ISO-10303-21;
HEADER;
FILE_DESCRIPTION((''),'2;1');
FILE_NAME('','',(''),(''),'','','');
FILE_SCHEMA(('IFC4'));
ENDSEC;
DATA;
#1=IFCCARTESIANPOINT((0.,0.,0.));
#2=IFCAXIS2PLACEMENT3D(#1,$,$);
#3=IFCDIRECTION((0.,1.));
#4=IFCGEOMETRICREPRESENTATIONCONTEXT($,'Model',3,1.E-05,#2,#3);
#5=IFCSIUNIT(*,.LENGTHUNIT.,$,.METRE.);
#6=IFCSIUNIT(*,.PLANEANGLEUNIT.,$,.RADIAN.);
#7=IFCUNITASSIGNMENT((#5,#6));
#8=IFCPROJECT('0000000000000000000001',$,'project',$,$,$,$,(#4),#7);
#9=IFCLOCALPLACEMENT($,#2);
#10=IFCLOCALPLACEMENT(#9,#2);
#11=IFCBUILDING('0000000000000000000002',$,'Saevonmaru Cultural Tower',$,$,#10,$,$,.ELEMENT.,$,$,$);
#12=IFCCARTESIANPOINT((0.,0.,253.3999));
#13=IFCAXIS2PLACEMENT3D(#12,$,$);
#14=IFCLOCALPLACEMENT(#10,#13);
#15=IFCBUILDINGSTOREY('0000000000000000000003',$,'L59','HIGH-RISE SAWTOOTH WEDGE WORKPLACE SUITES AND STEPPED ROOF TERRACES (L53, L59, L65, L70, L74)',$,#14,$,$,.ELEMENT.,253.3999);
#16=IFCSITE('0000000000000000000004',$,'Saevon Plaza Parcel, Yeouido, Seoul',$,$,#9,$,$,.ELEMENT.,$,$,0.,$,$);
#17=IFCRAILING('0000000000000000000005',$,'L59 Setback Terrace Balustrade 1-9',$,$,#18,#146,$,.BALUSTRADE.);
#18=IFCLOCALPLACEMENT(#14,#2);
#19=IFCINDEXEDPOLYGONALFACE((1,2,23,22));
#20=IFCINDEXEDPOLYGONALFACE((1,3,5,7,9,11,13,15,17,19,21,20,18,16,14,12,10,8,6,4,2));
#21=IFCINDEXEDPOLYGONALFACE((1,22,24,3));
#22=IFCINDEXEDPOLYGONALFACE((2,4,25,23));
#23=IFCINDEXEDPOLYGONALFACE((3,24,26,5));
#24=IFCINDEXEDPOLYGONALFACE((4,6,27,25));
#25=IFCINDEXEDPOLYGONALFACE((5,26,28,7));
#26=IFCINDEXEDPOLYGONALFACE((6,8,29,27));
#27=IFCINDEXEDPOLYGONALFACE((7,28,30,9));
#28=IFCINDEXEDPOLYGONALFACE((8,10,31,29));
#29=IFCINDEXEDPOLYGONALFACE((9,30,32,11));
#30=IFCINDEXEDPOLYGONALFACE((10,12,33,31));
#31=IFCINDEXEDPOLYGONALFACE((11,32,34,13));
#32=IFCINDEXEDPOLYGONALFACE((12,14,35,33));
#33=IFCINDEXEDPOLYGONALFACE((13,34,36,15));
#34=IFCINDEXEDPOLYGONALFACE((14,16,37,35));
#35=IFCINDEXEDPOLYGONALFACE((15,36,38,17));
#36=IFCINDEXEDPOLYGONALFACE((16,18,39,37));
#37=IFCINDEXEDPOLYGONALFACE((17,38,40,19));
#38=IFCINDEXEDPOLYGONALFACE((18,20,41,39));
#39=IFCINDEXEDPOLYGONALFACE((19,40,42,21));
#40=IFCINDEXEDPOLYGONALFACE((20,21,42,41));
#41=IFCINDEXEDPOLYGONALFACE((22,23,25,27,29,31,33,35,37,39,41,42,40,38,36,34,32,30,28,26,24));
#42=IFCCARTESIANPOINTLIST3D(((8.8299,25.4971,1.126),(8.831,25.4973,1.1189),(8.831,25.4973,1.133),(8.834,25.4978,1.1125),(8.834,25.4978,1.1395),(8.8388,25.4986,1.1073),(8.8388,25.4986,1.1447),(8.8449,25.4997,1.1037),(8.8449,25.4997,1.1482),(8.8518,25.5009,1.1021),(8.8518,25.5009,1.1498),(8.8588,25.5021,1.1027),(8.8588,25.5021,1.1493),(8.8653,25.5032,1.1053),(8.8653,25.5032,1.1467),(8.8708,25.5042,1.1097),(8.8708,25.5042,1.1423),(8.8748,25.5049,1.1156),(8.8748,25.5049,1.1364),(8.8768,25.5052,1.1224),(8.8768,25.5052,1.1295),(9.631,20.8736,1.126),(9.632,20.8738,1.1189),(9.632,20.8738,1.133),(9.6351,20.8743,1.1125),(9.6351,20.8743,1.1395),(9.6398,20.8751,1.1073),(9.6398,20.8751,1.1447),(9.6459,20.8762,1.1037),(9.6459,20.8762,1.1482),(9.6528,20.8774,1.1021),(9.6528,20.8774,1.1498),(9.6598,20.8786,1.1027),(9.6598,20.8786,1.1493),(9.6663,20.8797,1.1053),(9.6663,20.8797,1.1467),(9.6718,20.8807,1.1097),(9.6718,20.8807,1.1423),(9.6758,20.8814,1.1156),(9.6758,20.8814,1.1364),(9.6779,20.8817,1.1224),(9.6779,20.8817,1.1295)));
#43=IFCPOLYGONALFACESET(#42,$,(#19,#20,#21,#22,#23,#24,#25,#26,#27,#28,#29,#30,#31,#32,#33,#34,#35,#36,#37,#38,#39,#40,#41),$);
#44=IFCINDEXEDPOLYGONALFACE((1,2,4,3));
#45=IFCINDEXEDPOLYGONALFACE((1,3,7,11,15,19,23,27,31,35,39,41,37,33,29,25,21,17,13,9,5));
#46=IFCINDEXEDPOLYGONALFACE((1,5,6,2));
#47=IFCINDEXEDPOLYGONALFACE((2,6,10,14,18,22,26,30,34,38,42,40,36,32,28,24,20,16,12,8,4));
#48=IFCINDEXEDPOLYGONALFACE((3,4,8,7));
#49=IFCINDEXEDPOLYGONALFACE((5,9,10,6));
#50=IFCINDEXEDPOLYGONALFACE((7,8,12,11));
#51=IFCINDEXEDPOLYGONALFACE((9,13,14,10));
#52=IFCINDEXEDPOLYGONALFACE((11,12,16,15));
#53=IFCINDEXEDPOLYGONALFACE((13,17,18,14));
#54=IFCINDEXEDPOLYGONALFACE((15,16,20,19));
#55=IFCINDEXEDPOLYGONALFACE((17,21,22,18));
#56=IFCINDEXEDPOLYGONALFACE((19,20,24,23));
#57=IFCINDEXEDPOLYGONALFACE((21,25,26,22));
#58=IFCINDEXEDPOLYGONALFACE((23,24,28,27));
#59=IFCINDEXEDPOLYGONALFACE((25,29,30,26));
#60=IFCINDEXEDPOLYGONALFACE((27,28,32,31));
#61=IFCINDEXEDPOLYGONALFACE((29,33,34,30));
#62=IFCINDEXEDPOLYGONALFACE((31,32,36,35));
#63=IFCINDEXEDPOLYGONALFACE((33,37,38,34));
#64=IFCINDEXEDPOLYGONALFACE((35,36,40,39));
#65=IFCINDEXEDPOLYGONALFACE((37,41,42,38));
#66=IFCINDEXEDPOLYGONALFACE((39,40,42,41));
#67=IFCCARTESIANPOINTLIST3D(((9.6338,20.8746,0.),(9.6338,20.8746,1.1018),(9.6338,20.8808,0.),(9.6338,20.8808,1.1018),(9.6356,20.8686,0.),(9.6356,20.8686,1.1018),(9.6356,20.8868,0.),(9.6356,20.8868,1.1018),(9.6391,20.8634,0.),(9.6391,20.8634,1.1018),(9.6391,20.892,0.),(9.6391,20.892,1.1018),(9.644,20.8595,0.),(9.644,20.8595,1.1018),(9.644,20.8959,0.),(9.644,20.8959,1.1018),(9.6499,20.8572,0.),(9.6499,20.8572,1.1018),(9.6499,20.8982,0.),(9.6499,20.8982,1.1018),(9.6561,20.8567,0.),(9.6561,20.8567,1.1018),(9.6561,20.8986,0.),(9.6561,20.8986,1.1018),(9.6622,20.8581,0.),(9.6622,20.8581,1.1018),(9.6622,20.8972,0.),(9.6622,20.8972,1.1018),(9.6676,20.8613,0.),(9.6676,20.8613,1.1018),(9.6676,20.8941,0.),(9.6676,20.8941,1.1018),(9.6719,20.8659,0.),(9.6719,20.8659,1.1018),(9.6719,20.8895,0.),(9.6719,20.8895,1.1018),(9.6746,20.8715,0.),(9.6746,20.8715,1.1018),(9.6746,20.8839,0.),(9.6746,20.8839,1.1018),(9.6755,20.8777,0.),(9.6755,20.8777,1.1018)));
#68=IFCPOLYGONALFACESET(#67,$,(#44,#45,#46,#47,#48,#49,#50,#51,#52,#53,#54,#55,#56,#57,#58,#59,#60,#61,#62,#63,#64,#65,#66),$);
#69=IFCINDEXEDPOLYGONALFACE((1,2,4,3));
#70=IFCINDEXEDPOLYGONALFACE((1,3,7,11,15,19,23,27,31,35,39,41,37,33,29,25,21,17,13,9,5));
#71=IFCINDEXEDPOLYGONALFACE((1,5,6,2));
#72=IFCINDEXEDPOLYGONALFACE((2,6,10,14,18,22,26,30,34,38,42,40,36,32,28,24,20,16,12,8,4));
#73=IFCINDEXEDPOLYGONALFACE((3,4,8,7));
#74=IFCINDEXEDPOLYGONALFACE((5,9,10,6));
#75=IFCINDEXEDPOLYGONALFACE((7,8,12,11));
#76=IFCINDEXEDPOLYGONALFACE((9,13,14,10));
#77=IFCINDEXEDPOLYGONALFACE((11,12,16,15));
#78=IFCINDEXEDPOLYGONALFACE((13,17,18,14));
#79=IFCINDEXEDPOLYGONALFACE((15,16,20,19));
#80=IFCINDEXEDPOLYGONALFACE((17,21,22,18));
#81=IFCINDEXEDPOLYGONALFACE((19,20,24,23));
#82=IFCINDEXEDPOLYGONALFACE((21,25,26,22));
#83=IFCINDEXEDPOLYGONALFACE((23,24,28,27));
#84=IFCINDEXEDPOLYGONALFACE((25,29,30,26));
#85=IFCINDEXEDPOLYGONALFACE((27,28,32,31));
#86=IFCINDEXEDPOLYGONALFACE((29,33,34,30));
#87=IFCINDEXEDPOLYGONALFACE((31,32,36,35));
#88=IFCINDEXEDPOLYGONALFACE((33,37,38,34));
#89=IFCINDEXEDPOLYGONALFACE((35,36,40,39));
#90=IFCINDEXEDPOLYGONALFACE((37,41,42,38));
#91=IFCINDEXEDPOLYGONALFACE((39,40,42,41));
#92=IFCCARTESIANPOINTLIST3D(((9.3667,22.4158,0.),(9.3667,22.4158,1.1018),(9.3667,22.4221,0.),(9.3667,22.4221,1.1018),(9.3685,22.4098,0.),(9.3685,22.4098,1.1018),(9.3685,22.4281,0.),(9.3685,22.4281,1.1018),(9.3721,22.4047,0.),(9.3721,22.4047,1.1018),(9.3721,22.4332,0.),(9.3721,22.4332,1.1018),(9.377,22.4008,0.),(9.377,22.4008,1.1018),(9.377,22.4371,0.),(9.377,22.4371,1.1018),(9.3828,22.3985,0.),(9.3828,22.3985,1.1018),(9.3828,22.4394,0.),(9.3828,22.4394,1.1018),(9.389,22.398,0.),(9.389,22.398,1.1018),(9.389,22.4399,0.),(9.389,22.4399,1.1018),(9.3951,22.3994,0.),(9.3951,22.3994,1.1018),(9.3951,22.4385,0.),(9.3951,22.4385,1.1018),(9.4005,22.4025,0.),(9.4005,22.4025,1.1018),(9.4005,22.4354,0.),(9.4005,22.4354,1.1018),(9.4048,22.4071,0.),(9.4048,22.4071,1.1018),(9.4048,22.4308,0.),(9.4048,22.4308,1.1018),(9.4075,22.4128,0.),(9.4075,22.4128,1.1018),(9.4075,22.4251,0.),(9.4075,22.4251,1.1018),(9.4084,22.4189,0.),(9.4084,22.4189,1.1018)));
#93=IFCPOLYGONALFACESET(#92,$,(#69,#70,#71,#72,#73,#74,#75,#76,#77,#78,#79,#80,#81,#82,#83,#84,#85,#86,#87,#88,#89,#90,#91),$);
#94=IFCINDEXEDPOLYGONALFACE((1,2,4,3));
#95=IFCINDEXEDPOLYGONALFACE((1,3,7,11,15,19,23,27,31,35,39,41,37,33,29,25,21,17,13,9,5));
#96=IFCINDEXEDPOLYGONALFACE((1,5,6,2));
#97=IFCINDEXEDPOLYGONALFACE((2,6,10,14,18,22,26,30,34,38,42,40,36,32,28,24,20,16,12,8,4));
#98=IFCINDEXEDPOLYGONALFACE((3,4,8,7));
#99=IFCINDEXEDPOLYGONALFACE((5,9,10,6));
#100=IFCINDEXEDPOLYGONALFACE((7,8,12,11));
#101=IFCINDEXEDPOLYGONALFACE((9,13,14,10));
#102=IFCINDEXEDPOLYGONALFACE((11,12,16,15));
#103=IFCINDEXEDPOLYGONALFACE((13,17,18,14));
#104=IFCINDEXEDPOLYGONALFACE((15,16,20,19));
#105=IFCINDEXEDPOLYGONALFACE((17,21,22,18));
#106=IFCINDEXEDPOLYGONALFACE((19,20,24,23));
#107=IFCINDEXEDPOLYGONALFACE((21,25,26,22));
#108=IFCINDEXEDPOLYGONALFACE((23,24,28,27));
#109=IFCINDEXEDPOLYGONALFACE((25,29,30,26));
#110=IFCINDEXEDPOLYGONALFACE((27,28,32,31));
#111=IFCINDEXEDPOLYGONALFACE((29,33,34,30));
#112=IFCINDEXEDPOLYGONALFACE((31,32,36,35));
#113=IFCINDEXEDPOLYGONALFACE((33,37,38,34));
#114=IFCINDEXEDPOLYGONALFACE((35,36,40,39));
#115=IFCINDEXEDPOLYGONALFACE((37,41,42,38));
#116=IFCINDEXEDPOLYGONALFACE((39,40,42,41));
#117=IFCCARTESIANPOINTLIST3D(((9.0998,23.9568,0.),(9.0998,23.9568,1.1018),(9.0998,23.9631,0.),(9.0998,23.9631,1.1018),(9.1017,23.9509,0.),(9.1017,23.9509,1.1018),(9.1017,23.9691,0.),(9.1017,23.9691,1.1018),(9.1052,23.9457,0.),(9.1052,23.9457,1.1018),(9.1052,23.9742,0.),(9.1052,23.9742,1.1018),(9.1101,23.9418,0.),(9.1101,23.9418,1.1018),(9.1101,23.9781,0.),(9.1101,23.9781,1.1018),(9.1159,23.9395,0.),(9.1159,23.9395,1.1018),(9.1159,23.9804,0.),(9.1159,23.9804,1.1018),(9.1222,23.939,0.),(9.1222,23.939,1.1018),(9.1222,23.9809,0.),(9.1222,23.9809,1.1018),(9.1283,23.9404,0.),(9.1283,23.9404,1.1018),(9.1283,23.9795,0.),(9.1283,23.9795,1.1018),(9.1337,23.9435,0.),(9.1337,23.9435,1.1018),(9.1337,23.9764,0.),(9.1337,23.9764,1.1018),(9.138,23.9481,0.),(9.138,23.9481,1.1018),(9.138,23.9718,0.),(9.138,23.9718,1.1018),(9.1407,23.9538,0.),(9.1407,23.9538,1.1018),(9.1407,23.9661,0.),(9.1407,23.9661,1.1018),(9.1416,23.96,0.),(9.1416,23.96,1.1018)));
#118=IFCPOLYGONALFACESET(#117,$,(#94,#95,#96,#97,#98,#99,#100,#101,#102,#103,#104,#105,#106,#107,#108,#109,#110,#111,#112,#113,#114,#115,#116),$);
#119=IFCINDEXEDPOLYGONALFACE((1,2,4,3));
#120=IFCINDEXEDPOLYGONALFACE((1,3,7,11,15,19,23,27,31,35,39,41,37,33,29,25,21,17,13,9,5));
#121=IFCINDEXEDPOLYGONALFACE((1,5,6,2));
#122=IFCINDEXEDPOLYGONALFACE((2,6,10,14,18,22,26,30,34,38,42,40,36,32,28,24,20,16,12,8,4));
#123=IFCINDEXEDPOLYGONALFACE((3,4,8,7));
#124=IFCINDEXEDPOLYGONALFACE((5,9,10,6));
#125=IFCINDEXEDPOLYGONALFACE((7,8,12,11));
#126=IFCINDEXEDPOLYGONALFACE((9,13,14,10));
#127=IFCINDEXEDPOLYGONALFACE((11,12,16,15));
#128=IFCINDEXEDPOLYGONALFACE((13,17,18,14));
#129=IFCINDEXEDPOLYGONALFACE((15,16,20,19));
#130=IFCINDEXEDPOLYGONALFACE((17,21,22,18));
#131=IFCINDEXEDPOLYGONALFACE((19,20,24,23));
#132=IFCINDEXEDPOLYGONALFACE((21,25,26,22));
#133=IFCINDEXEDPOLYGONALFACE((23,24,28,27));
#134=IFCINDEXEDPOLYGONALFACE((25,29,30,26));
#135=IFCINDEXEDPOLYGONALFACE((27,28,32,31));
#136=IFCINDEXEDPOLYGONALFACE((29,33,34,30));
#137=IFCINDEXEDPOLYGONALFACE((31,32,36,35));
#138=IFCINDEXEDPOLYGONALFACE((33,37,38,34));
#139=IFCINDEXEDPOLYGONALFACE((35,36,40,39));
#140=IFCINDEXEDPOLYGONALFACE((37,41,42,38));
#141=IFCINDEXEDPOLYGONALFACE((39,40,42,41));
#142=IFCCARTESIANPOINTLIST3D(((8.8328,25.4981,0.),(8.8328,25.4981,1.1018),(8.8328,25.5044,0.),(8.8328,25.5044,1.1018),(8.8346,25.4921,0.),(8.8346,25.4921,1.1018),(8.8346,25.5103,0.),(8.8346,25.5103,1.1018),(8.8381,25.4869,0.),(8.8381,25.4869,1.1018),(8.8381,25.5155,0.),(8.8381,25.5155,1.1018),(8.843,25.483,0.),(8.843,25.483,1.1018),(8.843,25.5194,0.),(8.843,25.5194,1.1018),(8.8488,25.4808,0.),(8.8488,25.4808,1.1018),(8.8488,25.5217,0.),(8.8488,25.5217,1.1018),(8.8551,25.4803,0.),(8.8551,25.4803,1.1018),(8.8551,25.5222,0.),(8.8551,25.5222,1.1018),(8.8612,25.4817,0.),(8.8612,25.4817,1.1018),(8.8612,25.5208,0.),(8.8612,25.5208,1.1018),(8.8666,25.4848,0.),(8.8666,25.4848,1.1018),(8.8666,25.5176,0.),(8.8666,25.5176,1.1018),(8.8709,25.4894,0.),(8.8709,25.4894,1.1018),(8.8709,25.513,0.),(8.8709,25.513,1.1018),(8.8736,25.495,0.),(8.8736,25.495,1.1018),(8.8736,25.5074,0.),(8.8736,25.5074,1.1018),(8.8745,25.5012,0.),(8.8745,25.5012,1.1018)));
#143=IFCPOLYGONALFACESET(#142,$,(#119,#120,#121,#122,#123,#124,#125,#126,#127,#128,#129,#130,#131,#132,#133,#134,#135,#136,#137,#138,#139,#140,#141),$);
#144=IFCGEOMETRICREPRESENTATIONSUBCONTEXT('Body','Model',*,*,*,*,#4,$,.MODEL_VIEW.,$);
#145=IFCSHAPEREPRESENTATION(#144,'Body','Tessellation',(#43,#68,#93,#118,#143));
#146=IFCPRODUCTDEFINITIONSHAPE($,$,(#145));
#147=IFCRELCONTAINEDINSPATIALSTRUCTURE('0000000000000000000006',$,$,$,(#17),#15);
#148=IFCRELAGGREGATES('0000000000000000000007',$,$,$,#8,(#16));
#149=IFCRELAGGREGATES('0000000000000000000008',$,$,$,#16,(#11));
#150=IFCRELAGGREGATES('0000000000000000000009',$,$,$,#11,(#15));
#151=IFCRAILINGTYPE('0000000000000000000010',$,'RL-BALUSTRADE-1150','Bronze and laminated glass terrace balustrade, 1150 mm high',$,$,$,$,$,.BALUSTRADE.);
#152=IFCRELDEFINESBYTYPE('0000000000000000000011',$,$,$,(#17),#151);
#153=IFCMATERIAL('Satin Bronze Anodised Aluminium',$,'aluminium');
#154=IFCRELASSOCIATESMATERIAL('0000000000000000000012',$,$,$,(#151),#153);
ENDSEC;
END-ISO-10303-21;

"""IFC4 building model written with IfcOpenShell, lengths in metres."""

from ifc_helpers import new_model, si_unit, direction, frame, origin, origin_2d, place, context, subcontext, project, spatial, circle, extrude, material, type_object, element, save


model = new_model("IFC4")

# Units and contexts
model_context = context("Model", 3, precision=1e-05, world=origin(), true_north=direction((0.0, 1.0)))
body_context = subcontext(model_context, "Body", "Model", "MODEL_VIEW")
ifc_project = project(units=[si_unit("LENGTHUNIT", "METRE"), si_unit("PLANEANGLEUNIT", "RADIAN")], contexts=[model_context])

# Site, building, storey
site_placement = place(None, origin())
site = spatial("IfcSite", under=ifc_project, at=site_placement, Name="Saevon Plaza Parcel, Yeouido, Seoul", CompositionType="ELEMENT", RefElevation=0.0)
building_placement = place(site_placement, origin())
building = spatial("IfcBuilding", under=site, at=building_placement, Name="Saevonmaru Cultural Tower", CompositionType="ELEMENT")
storey_placement = place(building_placement, frame((0.0, 0.0, 253.3999)))
storey = spatial("IfcBuildingStorey", under=building, at=storey_placement, Name="L59", Description="HIGH-RISE SAWTOOTH WEDGE WORKPLACE SUITES AND STEPPED ROOF TERRACES (L53, L59, L65, L70, L74)", CompositionType="ELEMENT", Elevation=253.3999)

# Shared definitions
ifc_material_1 = material(Name="Satin Bronze Anodised Aluminium", Category="aluminium")

# Railing
railing_type = type_object("IfcRailingType", Name="RL-BALUSTRADE-1150", Description="Bronze and laminated glass terrace balustrade, 1150 mm high", PredefinedType="BALUSTRADE", material=ifc_material_1)
railing_1_placement = place(storey_placement, frame((9.6545, 20.8777, 0.0)))
element("IfcRailing", 1, at=railing_1_placement, inside=storey, type_object=railing_type, Name="L59 Setback Terrace Balustrade 1-9", PredefinedType="BALUSTRADE", context=body_context, shape_type="SweptSolid", body=[
    extrude(circle(Radius=0.0239, at=origin_2d()), frame((0.0, 0.0, 1.126), z_axis=(-0.170707, 0.985322, 0.0), x_axis=(-0.985322, -0.170707, 0.0)), (0.0, 0.0, 1.0), 4.6924),
    extrude(circle(Radius=0.021, at=origin_2d()), origin(), (0.0, 0.0, 1.0), 1.1018),
    extrude(circle(Radius=0.021, at=origin_2d()), frame((-0.2671, 1.5413, 0.0)), (0.0, 0.0, 1.0), 1.1018),
    extrude(circle(Radius=0.021, at=origin_2d()), frame((-0.5339, 3.0823, 0.0)), (0.0, 0.0, 1.0), 1.1018),
    extrude(circle(Radius=0.021, at=origin_2d()), frame((-0.801, 4.6235, 0.0)), (0.0, 0.0, 1.0), 1.1018),
])

save(model, "model.ifc")
